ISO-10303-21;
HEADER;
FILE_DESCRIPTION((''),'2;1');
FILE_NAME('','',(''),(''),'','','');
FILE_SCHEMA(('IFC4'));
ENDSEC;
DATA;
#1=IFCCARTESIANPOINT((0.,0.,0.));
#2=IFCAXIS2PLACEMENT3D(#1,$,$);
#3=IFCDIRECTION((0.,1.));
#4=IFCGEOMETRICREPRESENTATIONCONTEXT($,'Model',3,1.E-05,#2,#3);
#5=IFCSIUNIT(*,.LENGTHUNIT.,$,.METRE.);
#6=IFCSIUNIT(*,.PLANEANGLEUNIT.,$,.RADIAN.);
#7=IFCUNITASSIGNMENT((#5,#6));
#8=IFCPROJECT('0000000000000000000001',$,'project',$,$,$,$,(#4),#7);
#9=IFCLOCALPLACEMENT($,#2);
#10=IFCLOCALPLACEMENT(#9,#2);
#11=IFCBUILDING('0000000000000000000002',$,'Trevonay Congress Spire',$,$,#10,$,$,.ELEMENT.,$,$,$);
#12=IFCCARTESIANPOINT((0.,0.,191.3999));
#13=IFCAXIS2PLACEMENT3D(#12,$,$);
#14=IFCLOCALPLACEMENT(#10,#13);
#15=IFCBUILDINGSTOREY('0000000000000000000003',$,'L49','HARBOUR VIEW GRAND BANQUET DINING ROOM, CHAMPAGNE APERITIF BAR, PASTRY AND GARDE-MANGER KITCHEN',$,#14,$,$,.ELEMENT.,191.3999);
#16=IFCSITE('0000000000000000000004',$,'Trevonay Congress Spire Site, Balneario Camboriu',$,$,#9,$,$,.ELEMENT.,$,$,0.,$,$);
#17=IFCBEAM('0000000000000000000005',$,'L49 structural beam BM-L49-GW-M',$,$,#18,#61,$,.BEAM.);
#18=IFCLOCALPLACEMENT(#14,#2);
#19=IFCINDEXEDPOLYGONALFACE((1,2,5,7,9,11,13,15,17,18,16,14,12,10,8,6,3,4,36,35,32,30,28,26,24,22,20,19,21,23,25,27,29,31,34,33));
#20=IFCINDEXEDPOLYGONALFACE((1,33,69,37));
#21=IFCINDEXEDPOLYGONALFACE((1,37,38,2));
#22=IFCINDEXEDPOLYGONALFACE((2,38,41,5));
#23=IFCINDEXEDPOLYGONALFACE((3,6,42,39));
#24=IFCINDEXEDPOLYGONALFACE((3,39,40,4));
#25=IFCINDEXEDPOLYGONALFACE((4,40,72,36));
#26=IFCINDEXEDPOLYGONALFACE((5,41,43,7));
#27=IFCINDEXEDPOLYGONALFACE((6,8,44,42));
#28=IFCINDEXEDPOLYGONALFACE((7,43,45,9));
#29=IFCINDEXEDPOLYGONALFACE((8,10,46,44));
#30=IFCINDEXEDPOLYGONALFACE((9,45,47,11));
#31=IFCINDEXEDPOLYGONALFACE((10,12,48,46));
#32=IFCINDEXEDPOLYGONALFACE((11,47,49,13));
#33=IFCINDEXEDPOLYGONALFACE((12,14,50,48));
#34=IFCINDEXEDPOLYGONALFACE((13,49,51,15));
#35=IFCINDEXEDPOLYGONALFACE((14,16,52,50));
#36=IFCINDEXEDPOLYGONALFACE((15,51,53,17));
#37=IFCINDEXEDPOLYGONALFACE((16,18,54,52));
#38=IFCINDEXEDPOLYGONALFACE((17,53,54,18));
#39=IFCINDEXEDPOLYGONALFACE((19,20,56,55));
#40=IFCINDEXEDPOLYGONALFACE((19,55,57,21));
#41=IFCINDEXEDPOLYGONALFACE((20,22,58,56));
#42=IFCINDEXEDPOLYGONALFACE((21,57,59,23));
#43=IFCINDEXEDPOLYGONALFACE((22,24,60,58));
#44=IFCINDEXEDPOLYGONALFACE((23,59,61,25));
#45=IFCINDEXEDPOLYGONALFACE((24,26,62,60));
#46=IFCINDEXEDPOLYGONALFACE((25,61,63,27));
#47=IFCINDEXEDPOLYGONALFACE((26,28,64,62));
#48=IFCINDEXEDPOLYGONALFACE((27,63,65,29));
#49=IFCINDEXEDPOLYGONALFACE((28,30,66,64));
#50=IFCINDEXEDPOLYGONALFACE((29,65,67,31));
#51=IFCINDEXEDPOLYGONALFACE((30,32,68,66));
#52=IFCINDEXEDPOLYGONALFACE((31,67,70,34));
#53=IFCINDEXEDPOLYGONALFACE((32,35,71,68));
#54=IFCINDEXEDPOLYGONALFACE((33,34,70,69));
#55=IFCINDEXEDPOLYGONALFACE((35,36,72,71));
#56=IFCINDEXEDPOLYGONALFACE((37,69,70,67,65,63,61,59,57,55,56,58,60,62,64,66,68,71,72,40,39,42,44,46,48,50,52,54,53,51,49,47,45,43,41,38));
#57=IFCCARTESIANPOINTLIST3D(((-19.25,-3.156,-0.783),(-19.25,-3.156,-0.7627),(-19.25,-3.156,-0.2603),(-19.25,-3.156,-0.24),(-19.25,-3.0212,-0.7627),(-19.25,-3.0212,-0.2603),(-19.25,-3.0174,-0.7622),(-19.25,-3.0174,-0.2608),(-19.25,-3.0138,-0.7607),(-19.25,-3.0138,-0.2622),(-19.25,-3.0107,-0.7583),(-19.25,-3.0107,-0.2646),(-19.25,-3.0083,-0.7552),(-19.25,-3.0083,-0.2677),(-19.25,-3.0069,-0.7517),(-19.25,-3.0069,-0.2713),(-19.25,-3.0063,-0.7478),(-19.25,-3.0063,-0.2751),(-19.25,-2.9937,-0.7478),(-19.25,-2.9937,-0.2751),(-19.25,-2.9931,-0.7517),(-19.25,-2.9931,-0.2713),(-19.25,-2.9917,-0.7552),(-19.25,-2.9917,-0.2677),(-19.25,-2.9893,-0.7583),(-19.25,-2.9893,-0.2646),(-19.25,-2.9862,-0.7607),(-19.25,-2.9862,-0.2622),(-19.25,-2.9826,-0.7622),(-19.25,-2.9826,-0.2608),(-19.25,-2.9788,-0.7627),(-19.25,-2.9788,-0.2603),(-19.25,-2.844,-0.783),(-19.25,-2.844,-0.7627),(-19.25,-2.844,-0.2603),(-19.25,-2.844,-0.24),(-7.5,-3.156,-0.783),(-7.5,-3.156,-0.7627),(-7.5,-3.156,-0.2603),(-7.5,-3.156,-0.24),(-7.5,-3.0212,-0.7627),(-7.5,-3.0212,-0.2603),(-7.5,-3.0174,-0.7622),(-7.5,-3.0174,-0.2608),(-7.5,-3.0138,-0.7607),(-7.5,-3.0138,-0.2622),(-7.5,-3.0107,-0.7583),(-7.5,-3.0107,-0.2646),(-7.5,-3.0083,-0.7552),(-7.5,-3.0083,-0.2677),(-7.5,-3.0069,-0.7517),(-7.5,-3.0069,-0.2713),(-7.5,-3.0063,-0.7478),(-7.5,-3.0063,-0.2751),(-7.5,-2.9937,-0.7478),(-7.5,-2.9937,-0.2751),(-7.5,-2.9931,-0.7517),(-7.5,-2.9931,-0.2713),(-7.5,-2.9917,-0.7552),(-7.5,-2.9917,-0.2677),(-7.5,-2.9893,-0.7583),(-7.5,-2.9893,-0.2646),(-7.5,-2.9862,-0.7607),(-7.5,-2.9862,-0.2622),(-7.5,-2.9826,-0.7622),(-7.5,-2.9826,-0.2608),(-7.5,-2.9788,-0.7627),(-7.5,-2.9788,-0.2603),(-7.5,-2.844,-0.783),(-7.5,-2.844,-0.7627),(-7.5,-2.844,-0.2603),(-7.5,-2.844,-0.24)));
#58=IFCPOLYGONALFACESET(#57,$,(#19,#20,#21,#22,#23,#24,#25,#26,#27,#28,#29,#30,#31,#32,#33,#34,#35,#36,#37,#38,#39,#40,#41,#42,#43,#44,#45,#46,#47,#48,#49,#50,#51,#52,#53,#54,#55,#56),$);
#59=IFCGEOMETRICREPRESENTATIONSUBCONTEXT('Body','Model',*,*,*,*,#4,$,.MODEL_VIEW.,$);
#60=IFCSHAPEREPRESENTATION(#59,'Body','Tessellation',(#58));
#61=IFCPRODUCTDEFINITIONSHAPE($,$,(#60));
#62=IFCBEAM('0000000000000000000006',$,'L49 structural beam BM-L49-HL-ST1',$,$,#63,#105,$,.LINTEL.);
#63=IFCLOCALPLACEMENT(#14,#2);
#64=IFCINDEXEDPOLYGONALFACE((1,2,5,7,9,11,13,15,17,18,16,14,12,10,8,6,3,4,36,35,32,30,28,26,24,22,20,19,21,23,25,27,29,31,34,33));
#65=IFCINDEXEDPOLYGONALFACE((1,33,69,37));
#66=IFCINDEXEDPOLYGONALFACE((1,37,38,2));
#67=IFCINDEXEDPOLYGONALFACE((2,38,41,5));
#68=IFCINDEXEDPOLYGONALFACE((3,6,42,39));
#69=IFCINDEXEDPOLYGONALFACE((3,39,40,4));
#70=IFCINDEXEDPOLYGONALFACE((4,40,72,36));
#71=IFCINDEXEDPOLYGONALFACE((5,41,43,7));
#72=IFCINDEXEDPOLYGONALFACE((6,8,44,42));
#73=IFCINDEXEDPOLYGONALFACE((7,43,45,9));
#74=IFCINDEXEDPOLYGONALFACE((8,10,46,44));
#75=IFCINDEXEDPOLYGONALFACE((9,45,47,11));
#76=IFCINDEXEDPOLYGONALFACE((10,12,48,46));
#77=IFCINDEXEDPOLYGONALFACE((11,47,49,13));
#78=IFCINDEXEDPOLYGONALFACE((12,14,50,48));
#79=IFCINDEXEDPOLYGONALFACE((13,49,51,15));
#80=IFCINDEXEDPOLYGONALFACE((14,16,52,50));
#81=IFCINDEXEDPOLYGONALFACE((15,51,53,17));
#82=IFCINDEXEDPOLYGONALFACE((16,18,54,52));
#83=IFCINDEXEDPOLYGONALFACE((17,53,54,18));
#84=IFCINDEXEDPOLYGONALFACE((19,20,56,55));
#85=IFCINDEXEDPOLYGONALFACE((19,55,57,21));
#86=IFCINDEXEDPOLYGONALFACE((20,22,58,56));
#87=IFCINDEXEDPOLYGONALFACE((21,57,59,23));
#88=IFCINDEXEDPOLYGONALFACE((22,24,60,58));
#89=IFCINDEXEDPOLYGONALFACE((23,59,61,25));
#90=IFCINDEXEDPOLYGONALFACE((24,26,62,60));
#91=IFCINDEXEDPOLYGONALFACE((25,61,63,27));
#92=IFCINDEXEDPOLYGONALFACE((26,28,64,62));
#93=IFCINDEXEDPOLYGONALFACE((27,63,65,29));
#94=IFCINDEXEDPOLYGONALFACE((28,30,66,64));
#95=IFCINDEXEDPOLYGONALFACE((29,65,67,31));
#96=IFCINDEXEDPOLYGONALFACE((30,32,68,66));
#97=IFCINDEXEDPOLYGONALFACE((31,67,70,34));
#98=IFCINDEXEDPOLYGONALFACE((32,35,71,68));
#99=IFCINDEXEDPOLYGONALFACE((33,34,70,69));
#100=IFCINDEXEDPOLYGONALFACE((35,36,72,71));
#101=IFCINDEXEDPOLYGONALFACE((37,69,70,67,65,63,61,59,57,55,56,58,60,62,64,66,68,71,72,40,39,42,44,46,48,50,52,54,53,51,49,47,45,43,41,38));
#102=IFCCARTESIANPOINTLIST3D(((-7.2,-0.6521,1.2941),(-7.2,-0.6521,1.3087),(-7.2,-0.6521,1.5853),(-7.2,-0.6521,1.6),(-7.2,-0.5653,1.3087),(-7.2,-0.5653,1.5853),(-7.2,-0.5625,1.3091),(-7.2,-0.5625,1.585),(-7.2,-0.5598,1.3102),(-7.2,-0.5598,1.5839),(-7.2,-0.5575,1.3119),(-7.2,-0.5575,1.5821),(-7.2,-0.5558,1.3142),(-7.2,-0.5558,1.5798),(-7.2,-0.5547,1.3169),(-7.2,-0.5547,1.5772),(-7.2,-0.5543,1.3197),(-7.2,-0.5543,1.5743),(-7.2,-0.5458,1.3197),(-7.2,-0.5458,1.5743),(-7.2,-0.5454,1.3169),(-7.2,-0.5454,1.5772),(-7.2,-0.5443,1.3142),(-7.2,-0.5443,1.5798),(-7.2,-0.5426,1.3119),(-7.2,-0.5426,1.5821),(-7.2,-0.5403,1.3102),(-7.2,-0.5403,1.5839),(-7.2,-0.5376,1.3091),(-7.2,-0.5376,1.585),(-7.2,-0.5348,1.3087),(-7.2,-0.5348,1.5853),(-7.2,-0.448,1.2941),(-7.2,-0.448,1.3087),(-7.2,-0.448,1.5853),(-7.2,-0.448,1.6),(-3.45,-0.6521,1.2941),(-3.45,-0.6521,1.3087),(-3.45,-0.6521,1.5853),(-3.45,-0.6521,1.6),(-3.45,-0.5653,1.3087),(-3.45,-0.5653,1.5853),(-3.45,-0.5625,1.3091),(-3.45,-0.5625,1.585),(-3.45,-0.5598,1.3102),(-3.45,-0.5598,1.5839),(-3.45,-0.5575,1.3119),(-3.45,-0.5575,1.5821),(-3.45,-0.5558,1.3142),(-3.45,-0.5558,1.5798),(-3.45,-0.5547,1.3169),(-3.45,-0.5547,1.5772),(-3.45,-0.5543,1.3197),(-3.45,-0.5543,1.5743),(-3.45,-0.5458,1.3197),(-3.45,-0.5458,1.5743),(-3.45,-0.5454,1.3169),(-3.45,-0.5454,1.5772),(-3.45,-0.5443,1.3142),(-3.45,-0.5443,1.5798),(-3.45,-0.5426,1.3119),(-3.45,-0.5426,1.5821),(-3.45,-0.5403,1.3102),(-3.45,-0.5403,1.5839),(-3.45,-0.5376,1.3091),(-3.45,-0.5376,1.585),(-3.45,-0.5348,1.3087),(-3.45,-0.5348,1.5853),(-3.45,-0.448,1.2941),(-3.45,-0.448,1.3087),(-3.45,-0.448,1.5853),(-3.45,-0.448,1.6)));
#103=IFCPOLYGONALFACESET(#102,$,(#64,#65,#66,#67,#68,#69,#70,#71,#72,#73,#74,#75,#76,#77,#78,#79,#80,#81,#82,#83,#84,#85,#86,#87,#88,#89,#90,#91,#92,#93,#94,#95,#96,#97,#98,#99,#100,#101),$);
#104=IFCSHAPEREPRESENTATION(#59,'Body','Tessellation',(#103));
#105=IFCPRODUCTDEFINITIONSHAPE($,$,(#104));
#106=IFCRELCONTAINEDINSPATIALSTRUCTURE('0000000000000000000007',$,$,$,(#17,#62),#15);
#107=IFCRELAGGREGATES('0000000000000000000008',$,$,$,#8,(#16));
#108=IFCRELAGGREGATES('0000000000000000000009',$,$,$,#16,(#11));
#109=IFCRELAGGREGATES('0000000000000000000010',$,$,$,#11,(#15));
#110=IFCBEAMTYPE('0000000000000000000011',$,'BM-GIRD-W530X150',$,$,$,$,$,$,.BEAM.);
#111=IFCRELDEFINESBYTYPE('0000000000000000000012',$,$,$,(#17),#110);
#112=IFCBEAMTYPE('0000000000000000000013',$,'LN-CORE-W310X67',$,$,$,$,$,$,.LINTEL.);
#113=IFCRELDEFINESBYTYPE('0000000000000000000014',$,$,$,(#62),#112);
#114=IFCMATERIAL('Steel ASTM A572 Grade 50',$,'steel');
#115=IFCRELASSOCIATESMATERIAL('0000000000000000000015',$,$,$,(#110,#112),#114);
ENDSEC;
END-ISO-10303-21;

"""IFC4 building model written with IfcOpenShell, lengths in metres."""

from ifc_helpers import new_model, si_unit, direction, frame, origin, origin_2d, place, context, subcontext, project, spatial, i_section, extrude, material, material_profile, profile_set, type_object, element, save


model = new_model("IFC4")

# Units and contexts
model_context = context("Model", 3, precision=1e-05, world=origin(), true_north=direction((0.0, 1.0)))
body_context = subcontext(model_context, "Body", "Model", "MODEL_VIEW")
ifc_project = project(units=[si_unit("LENGTHUNIT", "METRE"), si_unit("PLANEANGLEUNIT", "RADIAN")], contexts=[model_context])

# Site, building, storey
site_placement = place(None, origin())
site = spatial("IfcSite", under=ifc_project, at=site_placement, Name="Trevonay Congress Spire Site, Balneario Camboriu", CompositionType="ELEMENT", RefElevation=0.0)
building_placement = place(site_placement, origin())
building = spatial("IfcBuilding", under=site, at=building_placement, Name="Trevonay Congress Spire", CompositionType="ELEMENT")
storey_placement = place(building_placement, frame((0.0, 0.0, 191.3999)))
storey = spatial("IfcBuildingStorey", under=building, at=storey_placement, Name="L49", Description="HARBOUR VIEW GRAND BANQUET DINING ROOM, CHAMPAGNE APERITIF BAR, PASTRY AND GARDE-MANGER KITCHEN", CompositionType="ELEMENT", Elevation=191.3999)

# Shared definitions
ifc_material_1 = material(Name="Steel ASTM A572 Grade 50", Category="steel")

# Beams
ifc_material_profile_1 = material_profile(ifc_material_1, i_section(OverallWidth=0.312, OverallDepth=0.543, WebThickness=0.0127, FlangeThickness=0.0203, FilletRadius=0.0149, at=origin_2d()), Name="W530x150")
ifc_profile_set_1 = profile_set([ifc_material_profile_1], Name="Steel ASTM A572 Grade 50")
beam_type_1 = type_object("IfcBeamType", Name="BM-GIRD-W530X150", PredefinedType="BEAM", material=ifc_profile_set_1)
for number, where, z_axis, x_axis, name in (
    (1, (-7.5, -3.0, -0.5115), (-1.0, 0.0, 0.0), (0.0, -1.0, 0.0), "L49 structural beam BM-L49-GW-M"),
):
    element("IfcBeam", number, at=place(storey_placement, frame(where, z_axis=z_axis, x_axis=x_axis)), inside=storey, type_object=beam_type_1, Name=name, PredefinedType="BEAM", context=body_context, shape_type="SweptSolid", body=[
        extrude(i_section(OverallWidth=0.312, OverallDepth=0.543, WebThickness=0.0127, FlangeThickness=0.0203, FilletRadius=0.0149, at=origin_2d()), origin(), (0.0, 0.0, 1.0), 11.75),
    ])
ifc_material_profile_2 = material_profile(ifc_material_1, i_section(OverallWidth=0.2041, OverallDepth=0.3059, WebThickness=0.0085, FlangeThickness=0.0146, FilletRadius=0.011, at=origin_2d()), Name="W310x67")
ifc_profile_set_2 = profile_set([ifc_material_profile_2], Name="Steel ASTM A572 Grade 50")
beam_type_2 = type_object("IfcBeamType", Name="LN-CORE-W310X67", PredefinedType="LINTEL", material=ifc_profile_set_2)
beam_1_placement = place(storey_placement, frame((-7.2, -0.55, 1.447), z_axis=(1.0, 0.0, 0.0), x_axis=(0.0, 1.0, 0.0)))
element("IfcBeam", 2, at=beam_1_placement, inside=storey, type_object=beam_type_2, Name="L49 structural beam BM-L49-HL-ST1", PredefinedType="LINTEL", context=body_context, shape_type="SweptSolid", body=[
    extrude(i_section(OverallWidth=0.2041, OverallDepth=0.3059, WebThickness=0.0085, FlangeThickness=0.0146, FilletRadius=0.011, at=origin_2d()), origin(), (0.0, 0.0, 1.0), 3.75),
])

save(model, "model.ifc")
